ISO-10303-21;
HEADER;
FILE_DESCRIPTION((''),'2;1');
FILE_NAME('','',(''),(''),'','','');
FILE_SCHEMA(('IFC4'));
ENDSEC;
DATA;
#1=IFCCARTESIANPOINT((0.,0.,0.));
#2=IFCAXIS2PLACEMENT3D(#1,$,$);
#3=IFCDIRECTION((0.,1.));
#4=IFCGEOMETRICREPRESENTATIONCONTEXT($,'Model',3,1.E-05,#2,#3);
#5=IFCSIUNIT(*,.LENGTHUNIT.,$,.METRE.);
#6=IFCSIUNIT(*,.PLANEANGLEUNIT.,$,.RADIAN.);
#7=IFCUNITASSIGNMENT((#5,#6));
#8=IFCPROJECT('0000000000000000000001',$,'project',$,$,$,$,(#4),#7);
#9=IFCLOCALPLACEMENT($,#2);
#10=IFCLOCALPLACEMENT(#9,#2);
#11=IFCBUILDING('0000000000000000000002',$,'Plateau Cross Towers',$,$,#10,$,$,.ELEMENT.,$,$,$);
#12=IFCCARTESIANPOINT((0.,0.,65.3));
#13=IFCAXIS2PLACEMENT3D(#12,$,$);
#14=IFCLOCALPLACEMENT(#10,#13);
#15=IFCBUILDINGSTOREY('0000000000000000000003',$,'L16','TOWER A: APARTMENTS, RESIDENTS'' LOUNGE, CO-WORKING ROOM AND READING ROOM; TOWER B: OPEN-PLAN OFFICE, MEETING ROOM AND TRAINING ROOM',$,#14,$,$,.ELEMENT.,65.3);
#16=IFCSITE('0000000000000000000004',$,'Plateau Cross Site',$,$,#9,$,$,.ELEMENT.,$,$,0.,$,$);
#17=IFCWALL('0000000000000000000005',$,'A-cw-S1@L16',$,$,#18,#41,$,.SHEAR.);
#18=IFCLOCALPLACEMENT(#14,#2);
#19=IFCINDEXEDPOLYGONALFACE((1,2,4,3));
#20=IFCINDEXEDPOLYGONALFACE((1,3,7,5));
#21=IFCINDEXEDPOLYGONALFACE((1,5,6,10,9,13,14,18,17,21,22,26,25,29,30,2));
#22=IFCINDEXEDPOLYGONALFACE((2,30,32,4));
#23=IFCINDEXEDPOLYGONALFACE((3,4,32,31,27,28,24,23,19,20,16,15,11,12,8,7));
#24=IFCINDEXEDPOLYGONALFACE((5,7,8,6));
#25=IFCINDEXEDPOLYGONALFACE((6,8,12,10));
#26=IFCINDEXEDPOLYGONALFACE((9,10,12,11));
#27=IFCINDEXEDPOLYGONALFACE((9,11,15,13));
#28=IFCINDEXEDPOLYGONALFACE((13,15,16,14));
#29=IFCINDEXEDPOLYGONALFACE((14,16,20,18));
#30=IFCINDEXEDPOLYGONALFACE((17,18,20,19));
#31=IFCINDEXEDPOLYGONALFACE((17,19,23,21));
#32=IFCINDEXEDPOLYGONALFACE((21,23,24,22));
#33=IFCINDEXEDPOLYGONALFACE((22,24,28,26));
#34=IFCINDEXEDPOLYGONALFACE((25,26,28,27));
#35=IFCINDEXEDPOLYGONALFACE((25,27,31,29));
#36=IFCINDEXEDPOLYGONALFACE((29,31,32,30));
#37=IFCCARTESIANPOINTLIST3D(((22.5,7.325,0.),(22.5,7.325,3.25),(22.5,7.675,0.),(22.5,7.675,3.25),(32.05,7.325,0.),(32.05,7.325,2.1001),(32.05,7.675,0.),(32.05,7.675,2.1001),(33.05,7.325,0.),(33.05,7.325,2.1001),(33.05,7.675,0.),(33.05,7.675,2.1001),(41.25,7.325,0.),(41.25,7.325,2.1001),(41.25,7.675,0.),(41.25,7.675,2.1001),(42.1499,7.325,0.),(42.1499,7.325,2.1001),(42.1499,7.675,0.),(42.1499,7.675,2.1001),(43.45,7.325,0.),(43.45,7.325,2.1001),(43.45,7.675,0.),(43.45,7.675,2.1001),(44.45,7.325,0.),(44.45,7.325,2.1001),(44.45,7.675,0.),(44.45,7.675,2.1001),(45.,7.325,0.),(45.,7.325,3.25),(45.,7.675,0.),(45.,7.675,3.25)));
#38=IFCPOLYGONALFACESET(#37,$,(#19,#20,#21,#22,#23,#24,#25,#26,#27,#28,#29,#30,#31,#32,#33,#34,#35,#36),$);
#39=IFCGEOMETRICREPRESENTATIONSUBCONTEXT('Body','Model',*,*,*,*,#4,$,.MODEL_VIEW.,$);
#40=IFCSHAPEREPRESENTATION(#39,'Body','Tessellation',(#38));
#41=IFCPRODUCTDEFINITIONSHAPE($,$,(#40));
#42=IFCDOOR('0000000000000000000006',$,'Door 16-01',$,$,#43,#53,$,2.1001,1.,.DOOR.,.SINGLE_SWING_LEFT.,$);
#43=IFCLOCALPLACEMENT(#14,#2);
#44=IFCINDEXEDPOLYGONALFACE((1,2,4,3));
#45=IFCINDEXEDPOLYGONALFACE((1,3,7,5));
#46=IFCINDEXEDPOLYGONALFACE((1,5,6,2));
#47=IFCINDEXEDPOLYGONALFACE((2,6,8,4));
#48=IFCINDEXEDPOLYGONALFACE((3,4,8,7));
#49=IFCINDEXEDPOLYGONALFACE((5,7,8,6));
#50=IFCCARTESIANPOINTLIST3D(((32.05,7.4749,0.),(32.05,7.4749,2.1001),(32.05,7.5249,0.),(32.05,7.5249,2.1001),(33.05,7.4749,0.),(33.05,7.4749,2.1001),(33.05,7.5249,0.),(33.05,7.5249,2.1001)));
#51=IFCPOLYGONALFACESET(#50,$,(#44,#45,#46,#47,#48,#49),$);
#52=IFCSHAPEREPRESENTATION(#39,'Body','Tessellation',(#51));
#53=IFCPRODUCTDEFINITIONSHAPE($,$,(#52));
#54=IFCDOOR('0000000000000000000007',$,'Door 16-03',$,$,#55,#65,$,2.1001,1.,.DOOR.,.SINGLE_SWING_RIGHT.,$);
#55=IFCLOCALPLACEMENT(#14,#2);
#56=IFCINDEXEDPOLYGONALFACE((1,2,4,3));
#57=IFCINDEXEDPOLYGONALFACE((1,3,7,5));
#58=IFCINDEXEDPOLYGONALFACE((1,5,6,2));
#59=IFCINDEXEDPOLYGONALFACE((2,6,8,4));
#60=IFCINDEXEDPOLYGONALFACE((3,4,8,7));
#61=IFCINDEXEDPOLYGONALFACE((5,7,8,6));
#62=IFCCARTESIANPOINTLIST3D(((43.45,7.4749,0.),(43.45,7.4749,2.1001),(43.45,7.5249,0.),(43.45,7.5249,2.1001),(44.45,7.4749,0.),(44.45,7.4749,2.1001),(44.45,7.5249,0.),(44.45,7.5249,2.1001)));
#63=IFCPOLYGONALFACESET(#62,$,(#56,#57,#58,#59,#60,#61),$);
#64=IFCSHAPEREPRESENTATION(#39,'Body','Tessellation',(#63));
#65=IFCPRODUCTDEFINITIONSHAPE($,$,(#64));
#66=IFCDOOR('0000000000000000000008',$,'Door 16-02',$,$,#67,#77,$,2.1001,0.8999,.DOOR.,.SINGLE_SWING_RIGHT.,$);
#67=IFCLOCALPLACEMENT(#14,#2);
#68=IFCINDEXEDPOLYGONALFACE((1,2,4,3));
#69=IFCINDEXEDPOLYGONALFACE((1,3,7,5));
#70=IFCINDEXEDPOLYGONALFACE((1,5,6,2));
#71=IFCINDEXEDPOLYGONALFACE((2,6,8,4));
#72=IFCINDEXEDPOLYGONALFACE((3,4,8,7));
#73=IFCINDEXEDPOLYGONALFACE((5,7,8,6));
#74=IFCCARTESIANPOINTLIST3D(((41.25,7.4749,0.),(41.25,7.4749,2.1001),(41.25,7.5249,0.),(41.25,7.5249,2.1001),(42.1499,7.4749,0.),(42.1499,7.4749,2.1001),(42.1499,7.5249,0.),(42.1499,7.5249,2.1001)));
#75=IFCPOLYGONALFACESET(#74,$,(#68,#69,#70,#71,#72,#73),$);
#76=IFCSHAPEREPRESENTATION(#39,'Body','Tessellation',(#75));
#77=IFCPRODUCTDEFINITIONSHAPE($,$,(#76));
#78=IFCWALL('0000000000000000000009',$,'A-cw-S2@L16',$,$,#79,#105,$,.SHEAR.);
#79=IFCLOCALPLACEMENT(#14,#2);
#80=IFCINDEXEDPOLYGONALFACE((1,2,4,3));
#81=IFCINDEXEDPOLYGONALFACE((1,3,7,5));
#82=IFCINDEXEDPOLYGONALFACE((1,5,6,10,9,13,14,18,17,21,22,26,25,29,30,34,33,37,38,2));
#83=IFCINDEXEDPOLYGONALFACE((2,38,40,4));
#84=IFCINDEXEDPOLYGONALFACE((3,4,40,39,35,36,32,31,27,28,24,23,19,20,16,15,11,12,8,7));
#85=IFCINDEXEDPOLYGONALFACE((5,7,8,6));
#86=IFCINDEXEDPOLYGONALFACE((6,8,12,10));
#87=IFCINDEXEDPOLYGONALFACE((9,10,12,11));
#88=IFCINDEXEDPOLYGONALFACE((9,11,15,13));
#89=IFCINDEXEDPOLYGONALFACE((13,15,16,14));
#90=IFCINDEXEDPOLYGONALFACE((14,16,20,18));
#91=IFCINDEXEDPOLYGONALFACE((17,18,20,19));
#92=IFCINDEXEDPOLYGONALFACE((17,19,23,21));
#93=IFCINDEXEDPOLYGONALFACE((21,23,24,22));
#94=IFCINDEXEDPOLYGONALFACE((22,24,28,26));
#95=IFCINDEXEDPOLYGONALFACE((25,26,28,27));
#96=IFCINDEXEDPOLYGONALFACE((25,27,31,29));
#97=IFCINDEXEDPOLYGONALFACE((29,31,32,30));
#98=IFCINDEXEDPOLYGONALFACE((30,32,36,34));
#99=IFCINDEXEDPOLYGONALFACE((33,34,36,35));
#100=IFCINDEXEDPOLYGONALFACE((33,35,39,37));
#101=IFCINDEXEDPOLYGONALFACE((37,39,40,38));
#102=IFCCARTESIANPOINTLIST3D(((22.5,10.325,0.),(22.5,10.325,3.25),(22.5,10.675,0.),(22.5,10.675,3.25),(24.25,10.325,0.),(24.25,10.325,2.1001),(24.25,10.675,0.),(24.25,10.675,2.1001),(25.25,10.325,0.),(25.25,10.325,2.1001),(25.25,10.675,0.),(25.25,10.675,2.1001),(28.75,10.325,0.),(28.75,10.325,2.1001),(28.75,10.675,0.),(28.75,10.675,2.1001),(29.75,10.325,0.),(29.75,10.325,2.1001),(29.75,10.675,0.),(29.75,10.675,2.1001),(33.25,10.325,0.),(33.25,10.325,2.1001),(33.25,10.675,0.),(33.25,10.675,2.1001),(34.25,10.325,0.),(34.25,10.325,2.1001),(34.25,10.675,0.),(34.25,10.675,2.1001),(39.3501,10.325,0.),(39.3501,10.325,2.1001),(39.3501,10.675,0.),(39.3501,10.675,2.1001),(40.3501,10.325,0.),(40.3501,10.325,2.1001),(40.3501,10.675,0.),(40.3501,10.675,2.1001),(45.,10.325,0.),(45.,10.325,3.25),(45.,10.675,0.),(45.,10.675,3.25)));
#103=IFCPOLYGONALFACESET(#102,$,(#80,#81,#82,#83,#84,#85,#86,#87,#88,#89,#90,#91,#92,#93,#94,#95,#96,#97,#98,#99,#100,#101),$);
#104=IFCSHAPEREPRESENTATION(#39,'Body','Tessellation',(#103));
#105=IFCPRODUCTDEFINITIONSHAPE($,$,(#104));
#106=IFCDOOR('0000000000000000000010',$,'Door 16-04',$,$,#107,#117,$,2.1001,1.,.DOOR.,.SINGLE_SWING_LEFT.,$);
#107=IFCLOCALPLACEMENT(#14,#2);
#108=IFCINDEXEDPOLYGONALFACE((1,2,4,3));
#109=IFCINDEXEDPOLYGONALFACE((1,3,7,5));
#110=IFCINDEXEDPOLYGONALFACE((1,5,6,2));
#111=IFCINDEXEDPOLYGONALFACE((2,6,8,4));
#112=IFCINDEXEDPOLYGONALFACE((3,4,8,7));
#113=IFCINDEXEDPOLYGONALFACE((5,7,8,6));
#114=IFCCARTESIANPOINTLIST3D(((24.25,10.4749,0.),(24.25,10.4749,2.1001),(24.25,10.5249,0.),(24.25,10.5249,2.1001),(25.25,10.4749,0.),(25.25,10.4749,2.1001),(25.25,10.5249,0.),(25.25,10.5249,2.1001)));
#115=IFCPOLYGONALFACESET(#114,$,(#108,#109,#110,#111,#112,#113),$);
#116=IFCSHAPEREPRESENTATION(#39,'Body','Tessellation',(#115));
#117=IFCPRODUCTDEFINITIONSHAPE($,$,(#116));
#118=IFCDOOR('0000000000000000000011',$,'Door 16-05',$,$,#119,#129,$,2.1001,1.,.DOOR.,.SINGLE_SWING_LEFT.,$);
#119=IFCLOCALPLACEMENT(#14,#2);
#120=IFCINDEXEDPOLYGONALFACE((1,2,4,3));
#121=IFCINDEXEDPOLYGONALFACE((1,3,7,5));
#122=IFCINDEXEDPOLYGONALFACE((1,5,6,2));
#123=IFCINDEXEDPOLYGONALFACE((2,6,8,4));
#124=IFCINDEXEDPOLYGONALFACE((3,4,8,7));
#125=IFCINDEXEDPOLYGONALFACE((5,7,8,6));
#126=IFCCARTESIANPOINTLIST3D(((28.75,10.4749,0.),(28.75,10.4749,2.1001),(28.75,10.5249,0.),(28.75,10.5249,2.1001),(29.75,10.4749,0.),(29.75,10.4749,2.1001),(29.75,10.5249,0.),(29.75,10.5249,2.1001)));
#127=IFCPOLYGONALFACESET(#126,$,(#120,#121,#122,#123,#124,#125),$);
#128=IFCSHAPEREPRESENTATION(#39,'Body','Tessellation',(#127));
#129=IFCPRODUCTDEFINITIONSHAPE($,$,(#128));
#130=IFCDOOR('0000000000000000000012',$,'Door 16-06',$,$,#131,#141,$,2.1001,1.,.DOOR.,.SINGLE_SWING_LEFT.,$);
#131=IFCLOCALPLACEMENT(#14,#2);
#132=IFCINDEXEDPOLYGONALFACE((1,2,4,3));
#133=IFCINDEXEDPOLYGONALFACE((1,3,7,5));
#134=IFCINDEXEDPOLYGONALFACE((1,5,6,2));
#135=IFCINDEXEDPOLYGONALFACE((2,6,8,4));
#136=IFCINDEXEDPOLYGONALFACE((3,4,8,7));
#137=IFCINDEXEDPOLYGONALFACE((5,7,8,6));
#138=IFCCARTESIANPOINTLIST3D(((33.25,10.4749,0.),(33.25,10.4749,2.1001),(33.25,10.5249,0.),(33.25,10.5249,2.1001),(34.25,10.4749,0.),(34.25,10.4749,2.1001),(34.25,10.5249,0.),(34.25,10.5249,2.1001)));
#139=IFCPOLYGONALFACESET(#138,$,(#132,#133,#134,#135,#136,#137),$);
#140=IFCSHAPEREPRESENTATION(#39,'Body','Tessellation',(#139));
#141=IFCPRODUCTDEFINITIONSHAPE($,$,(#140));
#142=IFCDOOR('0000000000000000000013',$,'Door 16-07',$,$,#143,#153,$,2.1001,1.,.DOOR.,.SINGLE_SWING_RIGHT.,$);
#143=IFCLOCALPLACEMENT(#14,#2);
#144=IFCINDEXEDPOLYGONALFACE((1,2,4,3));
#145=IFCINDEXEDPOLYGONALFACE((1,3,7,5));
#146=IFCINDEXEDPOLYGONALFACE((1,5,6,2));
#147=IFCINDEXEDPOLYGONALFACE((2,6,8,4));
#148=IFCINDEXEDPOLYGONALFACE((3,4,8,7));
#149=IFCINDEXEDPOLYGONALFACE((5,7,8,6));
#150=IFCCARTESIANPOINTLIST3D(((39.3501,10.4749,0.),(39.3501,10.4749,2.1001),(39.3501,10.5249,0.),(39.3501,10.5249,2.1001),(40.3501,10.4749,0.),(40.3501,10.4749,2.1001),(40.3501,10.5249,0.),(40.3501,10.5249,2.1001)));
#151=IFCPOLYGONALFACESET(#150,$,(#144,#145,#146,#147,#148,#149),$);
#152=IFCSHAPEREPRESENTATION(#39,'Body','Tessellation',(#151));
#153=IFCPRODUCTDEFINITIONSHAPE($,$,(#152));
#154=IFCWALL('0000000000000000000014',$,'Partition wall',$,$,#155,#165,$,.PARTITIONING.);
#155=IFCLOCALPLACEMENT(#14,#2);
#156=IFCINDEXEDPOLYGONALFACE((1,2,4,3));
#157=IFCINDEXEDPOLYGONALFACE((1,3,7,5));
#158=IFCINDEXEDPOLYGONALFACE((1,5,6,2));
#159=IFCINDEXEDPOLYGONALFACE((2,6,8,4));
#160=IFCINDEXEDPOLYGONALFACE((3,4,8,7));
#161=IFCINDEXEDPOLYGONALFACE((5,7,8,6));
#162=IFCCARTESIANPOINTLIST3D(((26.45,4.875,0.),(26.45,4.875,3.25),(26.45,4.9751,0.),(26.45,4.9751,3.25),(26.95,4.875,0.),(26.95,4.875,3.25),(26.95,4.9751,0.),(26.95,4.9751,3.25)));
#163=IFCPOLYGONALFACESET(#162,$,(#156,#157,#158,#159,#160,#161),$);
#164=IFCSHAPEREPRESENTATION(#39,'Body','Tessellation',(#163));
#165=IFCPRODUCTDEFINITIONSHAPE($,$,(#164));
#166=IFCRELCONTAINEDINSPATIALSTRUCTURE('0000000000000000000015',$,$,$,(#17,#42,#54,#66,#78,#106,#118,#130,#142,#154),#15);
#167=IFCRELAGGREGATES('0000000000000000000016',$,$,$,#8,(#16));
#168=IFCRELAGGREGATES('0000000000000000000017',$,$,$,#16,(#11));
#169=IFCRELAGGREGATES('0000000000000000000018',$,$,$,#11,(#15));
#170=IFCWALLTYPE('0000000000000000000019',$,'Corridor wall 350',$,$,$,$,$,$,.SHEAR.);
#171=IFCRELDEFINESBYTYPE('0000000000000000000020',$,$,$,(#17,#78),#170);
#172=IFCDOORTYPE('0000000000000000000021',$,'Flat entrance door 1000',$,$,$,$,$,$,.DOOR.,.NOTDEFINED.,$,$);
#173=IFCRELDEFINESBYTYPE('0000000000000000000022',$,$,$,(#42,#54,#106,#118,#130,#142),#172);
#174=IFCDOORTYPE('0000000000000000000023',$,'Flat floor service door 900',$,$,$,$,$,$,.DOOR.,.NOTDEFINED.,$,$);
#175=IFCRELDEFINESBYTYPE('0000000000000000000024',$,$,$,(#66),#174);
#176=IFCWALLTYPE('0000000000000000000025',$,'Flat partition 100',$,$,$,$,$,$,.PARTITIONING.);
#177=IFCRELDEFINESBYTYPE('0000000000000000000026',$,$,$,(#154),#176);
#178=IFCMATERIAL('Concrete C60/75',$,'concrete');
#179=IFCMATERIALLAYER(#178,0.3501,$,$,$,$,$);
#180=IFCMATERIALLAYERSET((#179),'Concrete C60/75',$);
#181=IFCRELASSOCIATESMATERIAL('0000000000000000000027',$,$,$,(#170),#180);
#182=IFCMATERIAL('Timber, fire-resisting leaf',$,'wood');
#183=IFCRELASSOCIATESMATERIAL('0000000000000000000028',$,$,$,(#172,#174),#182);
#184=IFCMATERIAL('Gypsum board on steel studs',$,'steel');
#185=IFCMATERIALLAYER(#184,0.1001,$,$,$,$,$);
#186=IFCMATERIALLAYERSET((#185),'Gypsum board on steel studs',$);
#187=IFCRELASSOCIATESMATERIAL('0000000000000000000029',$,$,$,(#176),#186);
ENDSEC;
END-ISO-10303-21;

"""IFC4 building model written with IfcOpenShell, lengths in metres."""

from ifc_helpers import new_model, si_unit, direction, frame, frame_2d, origin, place, context, subcontext, project, spatial, rectangle, extrude, material, layer, layer_set, type_object, element, fill, save


model = new_model("IFC4")

# Units and contexts
model_context = context("Model", 3, precision=1e-05, world=origin(), true_north=direction((0.0, 1.0)))
body_context = subcontext(model_context, "Body", "Model", "MODEL_VIEW")
ifc_project = project(units=[si_unit("LENGTHUNIT", "METRE"), si_unit("PLANEANGLEUNIT", "RADIAN")], contexts=[model_context])

# Site, building, storey
site_placement = place(None, origin())
site = spatial("IfcSite", under=ifc_project, at=site_placement, Name="Plateau Cross Site", CompositionType="ELEMENT", RefElevation=0.0)
building_placement = place(site_placement, origin())
building = spatial("IfcBuilding", under=site, at=building_placement, Name="Plateau Cross Towers", CompositionType="ELEMENT")
storey_placement = place(building_placement, frame((0.0, 0.0, 65.3)))
storey = spatial("IfcBuildingStorey", under=building, at=storey_placement, Name="L16", Description="TOWER A: APARTMENTS, RESIDENTS' LOUNGE, CO-WORKING ROOM AND READING ROOM; TOWER B: OPEN-PLAN OFFICE, MEETING ROOM AND TRAINING ROOM", CompositionType="ELEMENT", Elevation=65.3)

# Shared definitions
ifc_material_1 = material(Name="Concrete C60/75", Category="concrete")

# Walls, openings, doors
ifc_layer_1 = layer(ifc_material_1, 0.3501)
ifc_layer_set_1 = layer_set([ifc_layer_1], Name="Concrete C60/75")
wall_type_1 = type_object("IfcWallType", Name="Corridor wall 350", PredefinedType="SHEAR", material=ifc_layer_set_1)
wall_1_placement = place(storey_placement, frame((22.5, 7.5, 0.0), z_axis=(0.0, 0.0, 1.0), x_axis=(1.0, 0.0, 0.0)))
wall_1 = element("IfcWall", 1, at=wall_1_placement, inside=storey, type_object=wall_type_1, Name="A-cw-S1@L16", PredefinedType="SHEAR", context=body_context, shape_type="SweptSolid", body=[
    extrude(rectangle(XDim=22.5, YDim=0.3501, at=frame_2d((11.25, 0.0))), origin(), (0.0, 0.0, 1.0), 3.25),
])
opening_1_placement = place(wall_1_placement, frame((9.55, 0.0, 0.0)))
opening_1 = element("IfcOpeningElement", 2, at=opening_1_placement, cuts=wall_1, PredefinedType="OPENING", context=body_context, shape_type="SweptSolid", body=[
    extrude(rectangle(XDim=1.0, YDim=2.1001, at=frame_2d((0.5, 1.05))), frame((0.0, 0.1851, 0.0), z_axis=(0.0, -1.0, 0.0), x_axis=(1.0, 0.0, 0.0)), (0.0, 0.0, 1.0), 0.3701),
])
opening_2_placement = place(wall_1_placement, frame((18.75, 0.0, 0.0)))
opening_2 = element("IfcOpeningElement", 3, at=opening_2_placement, cuts=wall_1, PredefinedType="OPENING", context=body_context, shape_type="SweptSolid", body=[
    extrude(rectangle(XDim=0.8999, YDim=2.1001, at=frame_2d((0.45, 1.05))), frame((0.0, 0.1851, 0.0), z_axis=(0.0, -1.0, 0.0), x_axis=(1.0, 0.0, 0.0)), (0.0, 0.0, 1.0), 0.3701),
])
opening_3_placement = place(wall_1_placement, frame((20.95, 0.0, 0.0)))
opening_3 = element("IfcOpeningElement", 4, at=opening_3_placement, cuts=wall_1, PredefinedType="OPENING", context=body_context, shape_type="SweptSolid", body=[
    extrude(rectangle(XDim=1.0, YDim=2.1001, at=frame_2d((0.5, 1.05))), frame((0.0, 0.1851, 0.0), z_axis=(0.0, -1.0, 0.0), x_axis=(1.0, 0.0, 0.0)), (0.0, 0.0, 1.0), 0.3701),
])
ifc_material_2 = material(Name="Timber, fire-resisting leaf", Category="wood")
door_type_1 = type_object("IfcDoorType", Name="Flat entrance door 1000", OperationType="NOTDEFINED", PredefinedType="DOOR", material=ifc_material_2)
door_1_placement = place(opening_1_placement, origin())
door_1 = element("IfcDoor", 5, at=door_1_placement, inside=storey, type_object=door_type_1, Name="Door 16-01", OperationType="SINGLE_SWING_LEFT", OverallHeight=2.1001, OverallWidth=1.0, PredefinedType="DOOR", context=body_context, shape_type="SweptSolid", body=[
    extrude(rectangle(XDim=1.0, YDim=2.1001, at=frame_2d((0.5, 1.05))), frame((0.0, 0.0249, 0.0), z_axis=(0.0, -1.0, 0.0), x_axis=(1.0, 0.0, 0.0)), (0.0, 0.0, 1.0), 0.05),
])
fill(opening_1, door_1)
door_2_placement = place(opening_3_placement, origin())
door_2 = element("IfcDoor", 6, at=door_2_placement, inside=storey, type_object=door_type_1, Name="Door 16-03", OperationType="SINGLE_SWING_RIGHT", OverallHeight=2.1001, OverallWidth=1.0, PredefinedType="DOOR", context=body_context, shape_type="SweptSolid", body=[
    extrude(rectangle(XDim=1.0, YDim=2.1001, at=frame_2d((0.5, 1.05))), frame((0.0, 0.0249, 0.0), z_axis=(0.0, -1.0, 0.0), x_axis=(1.0, 0.0, 0.0)), (0.0, 0.0, 1.0), 0.05),
])
fill(opening_3, door_2)
door_type_2 = type_object("IfcDoorType", Name="Flat floor service door 900", OperationType="NOTDEFINED", PredefinedType="DOOR", material=ifc_material_2)
door_3_placement = place(opening_2_placement, origin())
door_3 = element("IfcDoor", 7, at=door_3_placement, inside=storey, type_object=door_type_2, Name="Door 16-02", OperationType="SINGLE_SWING_RIGHT", OverallHeight=2.1001, OverallWidth=0.8999, PredefinedType="DOOR", context=body_context, shape_type="SweptSolid", body=[
    extrude(rectangle(XDim=0.8999, YDim=2.1001, at=frame_2d((0.45, 1.05))), frame((0.0, 0.0249, 0.0), z_axis=(0.0, -1.0, 0.0), x_axis=(1.0, 0.0, 0.0)), (0.0, 0.0, 1.0), 0.05),
])
fill(opening_2, door_3)
wall_2_placement = place(storey_placement, frame((22.5, 10.5, 0.0), z_axis=(0.0, 0.0, 1.0), x_axis=(1.0, 0.0, 0.0)))
wall_2 = element("IfcWall", 8, at=wall_2_placement, inside=storey, type_object=wall_type_1, Name="A-cw-S2@L16", PredefinedType="SHEAR", context=body_context, shape_type="SweptSolid", body=[
    extrude(rectangle(XDim=22.5, YDim=0.3501, at=frame_2d((11.25, 0.0))), origin(), (0.0, 0.0, 1.0), 3.25),
])
opening_4_placement = place(wall_2_placement, frame((1.75, 0.0, 0.0)))
opening_4 = element("IfcOpeningElement", 9, at=opening_4_placement, cuts=wall_2, PredefinedType="OPENING", context=body_context, shape_type="SweptSolid", body=[
    extrude(rectangle(XDim=1.0, YDim=2.1001, at=frame_2d((0.5, 1.05))), frame((0.0, 0.1851, 0.0), z_axis=(0.0, -1.0, 0.0), x_axis=(1.0, 0.0, 0.0)), (0.0, 0.0, 1.0), 0.3701),
])
opening_5_placement = place(wall_2_placement, frame((6.25, 0.0, 0.0)))
opening_5 = element("IfcOpeningElement", 10, at=opening_5_placement, cuts=wall_2, PredefinedType="OPENING", context=body_context, shape_type="SweptSolid", body=[
    extrude(rectangle(XDim=1.0, YDim=2.1001, at=frame_2d((0.5, 1.05))), frame((0.0, 0.1851, 0.0), z_axis=(0.0, -1.0, 0.0), x_axis=(1.0, 0.0, 0.0)), (0.0, 0.0, 1.0), 0.3701),
])
opening_6_placement = place(wall_2_placement, frame((10.75, 0.0, 0.0)))
opening_6 = element("IfcOpeningElement", 11, at=opening_6_placement, cuts=wall_2, PredefinedType="OPENING", context=body_context, shape_type="SweptSolid", body=[
    extrude(rectangle(XDim=1.0, YDim=2.1001, at=frame_2d((0.5, 1.05))), frame((0.0, 0.1851, 0.0), z_axis=(0.0, -1.0, 0.0), x_axis=(1.0, 0.0, 0.0)), (0.0, 0.0, 1.0), 0.3701),
])
opening_7_placement = place(wall_2_placement, frame((16.8501, 0.0, 0.0)))
opening_7 = element("IfcOpeningElement", 12, at=opening_7_placement, cuts=wall_2, PredefinedType="OPENING", context=body_context, shape_type="SweptSolid", body=[
    extrude(rectangle(XDim=1.0, YDim=2.1001, at=frame_2d((0.5, 1.05))), frame((0.0, 0.1851, 0.0), z_axis=(0.0, -1.0, 0.0), x_axis=(1.0, 0.0, 0.0)), (0.0, 0.0, 1.0), 0.3701),
])
door_4_placement = place(opening_4_placement, origin())
door_4 = element("IfcDoor", 13, at=door_4_placement, inside=storey, type_object=door_type_1, Name="Door 16-04", OperationType="SINGLE_SWING_LEFT", OverallHeight=2.1001, OverallWidth=1.0, PredefinedType="DOOR", context=body_context, shape_type="SweptSolid", body=[
    extrude(rectangle(XDim=1.0, YDim=2.1001, at=frame_2d((0.5, 1.05))), frame((0.0, 0.0249, 0.0), z_axis=(0.0, -1.0, 0.0), x_axis=(1.0, 0.0, 0.0)), (0.0, 0.0, 1.0), 0.05),
])
fill(opening_4, door_4)
door_5_placement = place(opening_5_placement, origin())
door_5 = element("IfcDoor", 14, at=door_5_placement, inside=storey, type_object=door_type_1, Name="Door 16-05", OperationType="SINGLE_SWING_LEFT", OverallHeight=2.1001, OverallWidth=1.0, PredefinedType="DOOR", context=body_context, shape_type="SweptSolid", body=[
    extrude(rectangle(XDim=1.0, YDim=2.1001, at=frame_2d((0.5, 1.05))), frame((0.0, 0.0249, 0.0), z_axis=(0.0, -1.0, 0.0), x_axis=(1.0, 0.0, 0.0)), (0.0, 0.0, 1.0), 0.05),
])
fill(opening_5, door_5)
door_6_placement = place(opening_6_placement, origin())
door_6 = element("IfcDoor", 15, at=door_6_placement, inside=storey, type_object=door_type_1, Name="Door 16-06", OperationType="SINGLE_SWING_LEFT", OverallHeight=2.1001, OverallWidth=1.0, PredefinedType="DOOR", context=body_context, shape_type="SweptSolid", body=[
    extrude(rectangle(XDim=1.0, YDim=2.1001, at=frame_2d((0.5, 1.05))), frame((0.0, 0.0249, 0.0), z_axis=(0.0, -1.0, 0.0), x_axis=(1.0, 0.0, 0.0)), (0.0, 0.0, 1.0), 0.05),
])
fill(opening_6, door_6)
door_7_placement = place(opening_7_placement, origin())
door_7 = element("IfcDoor", 16, at=door_7_placement, inside=storey, type_object=door_type_1, Name="Door 16-07", OperationType="SINGLE_SWING_RIGHT", OverallHeight=2.1001, OverallWidth=1.0, PredefinedType="DOOR", context=body_context, shape_type="SweptSolid", body=[
    extrude(rectangle(XDim=1.0, YDim=2.1001, at=frame_2d((0.5, 1.05))), frame((0.0, 0.0249, 0.0), z_axis=(0.0, -1.0, 0.0), x_axis=(1.0, 0.0, 0.0)), (0.0, 0.0, 1.0), 0.05),
])
fill(opening_7, door_7)

# Wall
ifc_material_3 = material(Name="Gypsum board on steel studs", Category="steel")
ifc_layer_2 = layer(ifc_material_3, 0.1001)
ifc_layer_set_2 = layer_set([ifc_layer_2], Name="Gypsum board on steel studs")
wall_type_2 = type_object("IfcWallType", Name="Flat partition 100", PredefinedType="PARTITIONING", material=ifc_layer_set_2)
wall_3_placement = place(storey_placement, frame((26.95, 4.925, 0.0), z_axis=(0.0, 0.0, 1.0), x_axis=(-1.0, 0.0, 0.0)))
element("IfcWall", 17, at=wall_3_placement, inside=storey, type_object=wall_type_2, Name="Partition wall", PredefinedType="PARTITIONING", context=body_context, shape_type="SweptSolid", body=[
    extrude(rectangle(XDim=0.5, YDim=0.1001, at=frame_2d((0.25, 0.0))), origin(), (0.0, 0.0, 1.0), 3.25),
])

save(model, "model.ifc")
